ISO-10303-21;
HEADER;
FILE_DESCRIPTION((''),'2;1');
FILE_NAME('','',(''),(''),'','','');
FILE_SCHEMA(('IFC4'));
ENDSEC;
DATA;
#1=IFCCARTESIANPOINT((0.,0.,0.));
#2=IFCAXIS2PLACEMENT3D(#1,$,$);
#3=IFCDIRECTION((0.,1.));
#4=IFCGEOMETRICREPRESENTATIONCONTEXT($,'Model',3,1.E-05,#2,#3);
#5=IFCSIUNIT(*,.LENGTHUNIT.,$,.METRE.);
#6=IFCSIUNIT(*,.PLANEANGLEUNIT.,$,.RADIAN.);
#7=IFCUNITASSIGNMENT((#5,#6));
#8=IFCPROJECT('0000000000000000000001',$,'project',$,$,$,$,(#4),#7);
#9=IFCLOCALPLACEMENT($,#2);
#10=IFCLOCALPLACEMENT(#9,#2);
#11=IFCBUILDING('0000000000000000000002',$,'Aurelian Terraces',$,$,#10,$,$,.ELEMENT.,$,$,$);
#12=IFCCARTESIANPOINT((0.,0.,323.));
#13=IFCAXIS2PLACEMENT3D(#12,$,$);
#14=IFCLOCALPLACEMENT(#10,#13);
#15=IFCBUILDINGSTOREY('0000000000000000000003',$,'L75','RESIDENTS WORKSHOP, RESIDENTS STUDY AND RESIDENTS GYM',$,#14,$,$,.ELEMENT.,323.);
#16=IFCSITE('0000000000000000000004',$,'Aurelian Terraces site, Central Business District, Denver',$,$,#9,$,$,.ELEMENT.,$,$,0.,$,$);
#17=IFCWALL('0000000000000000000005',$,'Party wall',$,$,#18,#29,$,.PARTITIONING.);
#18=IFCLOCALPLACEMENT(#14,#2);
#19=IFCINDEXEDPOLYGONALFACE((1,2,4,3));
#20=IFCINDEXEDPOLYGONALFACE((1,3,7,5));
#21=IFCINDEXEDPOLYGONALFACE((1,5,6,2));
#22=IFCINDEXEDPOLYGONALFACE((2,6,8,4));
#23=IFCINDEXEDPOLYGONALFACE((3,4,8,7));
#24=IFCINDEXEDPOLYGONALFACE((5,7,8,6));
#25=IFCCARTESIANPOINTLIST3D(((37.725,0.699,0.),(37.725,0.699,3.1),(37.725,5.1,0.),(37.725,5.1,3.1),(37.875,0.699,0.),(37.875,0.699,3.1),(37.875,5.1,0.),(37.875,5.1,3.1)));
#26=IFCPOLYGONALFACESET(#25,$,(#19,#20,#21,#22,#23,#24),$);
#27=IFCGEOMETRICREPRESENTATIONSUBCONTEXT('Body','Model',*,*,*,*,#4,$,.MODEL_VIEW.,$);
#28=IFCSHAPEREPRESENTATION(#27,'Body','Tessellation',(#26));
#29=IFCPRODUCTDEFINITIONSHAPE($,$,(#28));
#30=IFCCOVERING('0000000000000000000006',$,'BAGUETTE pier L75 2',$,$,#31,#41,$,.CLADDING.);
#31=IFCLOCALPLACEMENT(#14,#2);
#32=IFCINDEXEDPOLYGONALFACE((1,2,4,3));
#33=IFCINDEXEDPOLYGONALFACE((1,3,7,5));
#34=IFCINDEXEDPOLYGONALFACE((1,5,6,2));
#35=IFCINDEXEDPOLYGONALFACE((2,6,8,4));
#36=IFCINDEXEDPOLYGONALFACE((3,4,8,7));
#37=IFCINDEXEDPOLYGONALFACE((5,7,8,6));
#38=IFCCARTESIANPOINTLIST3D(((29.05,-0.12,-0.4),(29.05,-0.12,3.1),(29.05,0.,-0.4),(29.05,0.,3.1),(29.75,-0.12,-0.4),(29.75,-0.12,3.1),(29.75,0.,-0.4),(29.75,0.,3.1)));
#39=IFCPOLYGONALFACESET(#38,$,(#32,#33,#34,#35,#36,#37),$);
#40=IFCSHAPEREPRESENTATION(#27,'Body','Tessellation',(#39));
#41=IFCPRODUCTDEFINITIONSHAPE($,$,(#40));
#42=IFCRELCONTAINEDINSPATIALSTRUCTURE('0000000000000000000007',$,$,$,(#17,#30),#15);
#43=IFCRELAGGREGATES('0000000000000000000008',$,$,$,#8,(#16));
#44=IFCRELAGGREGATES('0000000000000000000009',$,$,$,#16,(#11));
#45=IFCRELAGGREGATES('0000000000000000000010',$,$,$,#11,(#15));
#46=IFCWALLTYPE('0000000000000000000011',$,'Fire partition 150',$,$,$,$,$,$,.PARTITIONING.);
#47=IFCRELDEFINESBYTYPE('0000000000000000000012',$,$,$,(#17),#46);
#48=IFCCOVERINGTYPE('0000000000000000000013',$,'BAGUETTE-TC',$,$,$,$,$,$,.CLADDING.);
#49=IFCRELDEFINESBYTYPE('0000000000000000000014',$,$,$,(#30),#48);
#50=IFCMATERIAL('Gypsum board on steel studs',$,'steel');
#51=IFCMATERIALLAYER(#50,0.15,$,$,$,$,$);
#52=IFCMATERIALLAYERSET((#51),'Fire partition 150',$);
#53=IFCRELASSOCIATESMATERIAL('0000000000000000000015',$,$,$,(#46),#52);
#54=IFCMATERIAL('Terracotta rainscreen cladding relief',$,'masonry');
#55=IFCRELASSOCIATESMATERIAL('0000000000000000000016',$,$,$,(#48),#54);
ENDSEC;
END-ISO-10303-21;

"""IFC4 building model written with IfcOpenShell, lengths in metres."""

from ifc_helpers import new_model, si_unit, direction, frame, frame_2d, origin, origin_2d, place, context, subcontext, project, spatial, rectangle, extrude, source, transform, mapped, material, layer, layer_set, type_object, element, save


model = new_model("IFC4")

# Units and contexts
model_context = context("Model", 3, precision=1e-05, world=origin(), true_north=direction((0.0, 1.0)))
body_context = subcontext(model_context, "Body", "Model", "MODEL_VIEW")
ifc_project = project(units=[si_unit("LENGTHUNIT", "METRE"), si_unit("PLANEANGLEUNIT", "RADIAN")], contexts=[model_context])

# Site, building, storey
site_placement = place(None, origin())
site = spatial("IfcSite", under=ifc_project, at=site_placement, Name="Aurelian Terraces site, Central Business District, Denver", CompositionType="ELEMENT", RefElevation=0.0)
building_placement = place(site_placement, origin())
building = spatial("IfcBuilding", under=site, at=building_placement, Name="Aurelian Terraces", CompositionType="ELEMENT")
storey_placement = place(building_placement, frame((0.0, 0.0, 323.0)))
storey = spatial("IfcBuildingStorey", under=building, at=storey_placement, Name="L75", Description="RESIDENTS WORKSHOP, RESIDENTS STUDY AND RESIDENTS GYM", CompositionType="ELEMENT", Elevation=323.0)

# Shared definitions
ifc_material_1 = material(Name="Gypsum board on steel studs", Category="steel")

# Shared definitions
ifc_layer_1 = layer(ifc_material_1, 0.15)
ifc_layer_set_1 = layer_set([ifc_layer_1], Name="Fire partition 150")
wall_type_1 = type_object("IfcWallType", Name="Fire partition 150", PredefinedType="PARTITIONING", material=ifc_layer_set_1)

# Wall
shared_shape_1 = source(origin(), body_context, "Body", "SweptSolid", [
    extrude(rectangle(XDim=4.401, YDim=0.15, at=frame_2d((2.2005, 0.0))), origin(), (0.0, 0.0, 1.0), 3.1),
])
wall_1_placement = place(storey_placement, frame((37.8, 0.699, 0.0), z_axis=(0.0, 0.0, 1.0), x_axis=(0.0, 1.0, 0.0)))
element("IfcWall", 1, at=wall_1_placement, inside=storey, type_object=wall_type_1, Name="Party wall", PredefinedType="PARTITIONING", context=body_context, shape_type="MappedRepresentation", body=[
    mapped(shared_shape_1, transform((0.0, 0.0, 0.0), scale=1.0)),
])

# Covering
ifc_material_2 = material(Name="Terracotta rainscreen cladding relief", Category="masonry")
covering_type = type_object("IfcCoveringType", Name="BAGUETTE-TC", PredefinedType="CLADDING", material=ifc_material_2)
shared_shape_2 = source(origin(), body_context, "Body", "SweptSolid", [
    extrude(rectangle(XDim=0.7, YDim=0.12, at=origin_2d()), origin(), (0.0, 0.0, 1.0), 3.5),
])
covering_placement = place(storey_placement, frame((29.4, -0.06, -0.4), z_axis=(0.0, 0.0, 1.0), x_axis=(1.0, 0.0, 0.0)))
element("IfcCovering", 2, at=covering_placement, inside=storey, type_object=covering_type, Name="BAGUETTE pier L75 2", PredefinedType="CLADDING", context=body_context, shape_type="MappedRepresentation", body=[
    mapped(shared_shape_2, transform((0.0, 0.0, 0.0), scale=1.0)),
])

save(model, "model.ifc")
